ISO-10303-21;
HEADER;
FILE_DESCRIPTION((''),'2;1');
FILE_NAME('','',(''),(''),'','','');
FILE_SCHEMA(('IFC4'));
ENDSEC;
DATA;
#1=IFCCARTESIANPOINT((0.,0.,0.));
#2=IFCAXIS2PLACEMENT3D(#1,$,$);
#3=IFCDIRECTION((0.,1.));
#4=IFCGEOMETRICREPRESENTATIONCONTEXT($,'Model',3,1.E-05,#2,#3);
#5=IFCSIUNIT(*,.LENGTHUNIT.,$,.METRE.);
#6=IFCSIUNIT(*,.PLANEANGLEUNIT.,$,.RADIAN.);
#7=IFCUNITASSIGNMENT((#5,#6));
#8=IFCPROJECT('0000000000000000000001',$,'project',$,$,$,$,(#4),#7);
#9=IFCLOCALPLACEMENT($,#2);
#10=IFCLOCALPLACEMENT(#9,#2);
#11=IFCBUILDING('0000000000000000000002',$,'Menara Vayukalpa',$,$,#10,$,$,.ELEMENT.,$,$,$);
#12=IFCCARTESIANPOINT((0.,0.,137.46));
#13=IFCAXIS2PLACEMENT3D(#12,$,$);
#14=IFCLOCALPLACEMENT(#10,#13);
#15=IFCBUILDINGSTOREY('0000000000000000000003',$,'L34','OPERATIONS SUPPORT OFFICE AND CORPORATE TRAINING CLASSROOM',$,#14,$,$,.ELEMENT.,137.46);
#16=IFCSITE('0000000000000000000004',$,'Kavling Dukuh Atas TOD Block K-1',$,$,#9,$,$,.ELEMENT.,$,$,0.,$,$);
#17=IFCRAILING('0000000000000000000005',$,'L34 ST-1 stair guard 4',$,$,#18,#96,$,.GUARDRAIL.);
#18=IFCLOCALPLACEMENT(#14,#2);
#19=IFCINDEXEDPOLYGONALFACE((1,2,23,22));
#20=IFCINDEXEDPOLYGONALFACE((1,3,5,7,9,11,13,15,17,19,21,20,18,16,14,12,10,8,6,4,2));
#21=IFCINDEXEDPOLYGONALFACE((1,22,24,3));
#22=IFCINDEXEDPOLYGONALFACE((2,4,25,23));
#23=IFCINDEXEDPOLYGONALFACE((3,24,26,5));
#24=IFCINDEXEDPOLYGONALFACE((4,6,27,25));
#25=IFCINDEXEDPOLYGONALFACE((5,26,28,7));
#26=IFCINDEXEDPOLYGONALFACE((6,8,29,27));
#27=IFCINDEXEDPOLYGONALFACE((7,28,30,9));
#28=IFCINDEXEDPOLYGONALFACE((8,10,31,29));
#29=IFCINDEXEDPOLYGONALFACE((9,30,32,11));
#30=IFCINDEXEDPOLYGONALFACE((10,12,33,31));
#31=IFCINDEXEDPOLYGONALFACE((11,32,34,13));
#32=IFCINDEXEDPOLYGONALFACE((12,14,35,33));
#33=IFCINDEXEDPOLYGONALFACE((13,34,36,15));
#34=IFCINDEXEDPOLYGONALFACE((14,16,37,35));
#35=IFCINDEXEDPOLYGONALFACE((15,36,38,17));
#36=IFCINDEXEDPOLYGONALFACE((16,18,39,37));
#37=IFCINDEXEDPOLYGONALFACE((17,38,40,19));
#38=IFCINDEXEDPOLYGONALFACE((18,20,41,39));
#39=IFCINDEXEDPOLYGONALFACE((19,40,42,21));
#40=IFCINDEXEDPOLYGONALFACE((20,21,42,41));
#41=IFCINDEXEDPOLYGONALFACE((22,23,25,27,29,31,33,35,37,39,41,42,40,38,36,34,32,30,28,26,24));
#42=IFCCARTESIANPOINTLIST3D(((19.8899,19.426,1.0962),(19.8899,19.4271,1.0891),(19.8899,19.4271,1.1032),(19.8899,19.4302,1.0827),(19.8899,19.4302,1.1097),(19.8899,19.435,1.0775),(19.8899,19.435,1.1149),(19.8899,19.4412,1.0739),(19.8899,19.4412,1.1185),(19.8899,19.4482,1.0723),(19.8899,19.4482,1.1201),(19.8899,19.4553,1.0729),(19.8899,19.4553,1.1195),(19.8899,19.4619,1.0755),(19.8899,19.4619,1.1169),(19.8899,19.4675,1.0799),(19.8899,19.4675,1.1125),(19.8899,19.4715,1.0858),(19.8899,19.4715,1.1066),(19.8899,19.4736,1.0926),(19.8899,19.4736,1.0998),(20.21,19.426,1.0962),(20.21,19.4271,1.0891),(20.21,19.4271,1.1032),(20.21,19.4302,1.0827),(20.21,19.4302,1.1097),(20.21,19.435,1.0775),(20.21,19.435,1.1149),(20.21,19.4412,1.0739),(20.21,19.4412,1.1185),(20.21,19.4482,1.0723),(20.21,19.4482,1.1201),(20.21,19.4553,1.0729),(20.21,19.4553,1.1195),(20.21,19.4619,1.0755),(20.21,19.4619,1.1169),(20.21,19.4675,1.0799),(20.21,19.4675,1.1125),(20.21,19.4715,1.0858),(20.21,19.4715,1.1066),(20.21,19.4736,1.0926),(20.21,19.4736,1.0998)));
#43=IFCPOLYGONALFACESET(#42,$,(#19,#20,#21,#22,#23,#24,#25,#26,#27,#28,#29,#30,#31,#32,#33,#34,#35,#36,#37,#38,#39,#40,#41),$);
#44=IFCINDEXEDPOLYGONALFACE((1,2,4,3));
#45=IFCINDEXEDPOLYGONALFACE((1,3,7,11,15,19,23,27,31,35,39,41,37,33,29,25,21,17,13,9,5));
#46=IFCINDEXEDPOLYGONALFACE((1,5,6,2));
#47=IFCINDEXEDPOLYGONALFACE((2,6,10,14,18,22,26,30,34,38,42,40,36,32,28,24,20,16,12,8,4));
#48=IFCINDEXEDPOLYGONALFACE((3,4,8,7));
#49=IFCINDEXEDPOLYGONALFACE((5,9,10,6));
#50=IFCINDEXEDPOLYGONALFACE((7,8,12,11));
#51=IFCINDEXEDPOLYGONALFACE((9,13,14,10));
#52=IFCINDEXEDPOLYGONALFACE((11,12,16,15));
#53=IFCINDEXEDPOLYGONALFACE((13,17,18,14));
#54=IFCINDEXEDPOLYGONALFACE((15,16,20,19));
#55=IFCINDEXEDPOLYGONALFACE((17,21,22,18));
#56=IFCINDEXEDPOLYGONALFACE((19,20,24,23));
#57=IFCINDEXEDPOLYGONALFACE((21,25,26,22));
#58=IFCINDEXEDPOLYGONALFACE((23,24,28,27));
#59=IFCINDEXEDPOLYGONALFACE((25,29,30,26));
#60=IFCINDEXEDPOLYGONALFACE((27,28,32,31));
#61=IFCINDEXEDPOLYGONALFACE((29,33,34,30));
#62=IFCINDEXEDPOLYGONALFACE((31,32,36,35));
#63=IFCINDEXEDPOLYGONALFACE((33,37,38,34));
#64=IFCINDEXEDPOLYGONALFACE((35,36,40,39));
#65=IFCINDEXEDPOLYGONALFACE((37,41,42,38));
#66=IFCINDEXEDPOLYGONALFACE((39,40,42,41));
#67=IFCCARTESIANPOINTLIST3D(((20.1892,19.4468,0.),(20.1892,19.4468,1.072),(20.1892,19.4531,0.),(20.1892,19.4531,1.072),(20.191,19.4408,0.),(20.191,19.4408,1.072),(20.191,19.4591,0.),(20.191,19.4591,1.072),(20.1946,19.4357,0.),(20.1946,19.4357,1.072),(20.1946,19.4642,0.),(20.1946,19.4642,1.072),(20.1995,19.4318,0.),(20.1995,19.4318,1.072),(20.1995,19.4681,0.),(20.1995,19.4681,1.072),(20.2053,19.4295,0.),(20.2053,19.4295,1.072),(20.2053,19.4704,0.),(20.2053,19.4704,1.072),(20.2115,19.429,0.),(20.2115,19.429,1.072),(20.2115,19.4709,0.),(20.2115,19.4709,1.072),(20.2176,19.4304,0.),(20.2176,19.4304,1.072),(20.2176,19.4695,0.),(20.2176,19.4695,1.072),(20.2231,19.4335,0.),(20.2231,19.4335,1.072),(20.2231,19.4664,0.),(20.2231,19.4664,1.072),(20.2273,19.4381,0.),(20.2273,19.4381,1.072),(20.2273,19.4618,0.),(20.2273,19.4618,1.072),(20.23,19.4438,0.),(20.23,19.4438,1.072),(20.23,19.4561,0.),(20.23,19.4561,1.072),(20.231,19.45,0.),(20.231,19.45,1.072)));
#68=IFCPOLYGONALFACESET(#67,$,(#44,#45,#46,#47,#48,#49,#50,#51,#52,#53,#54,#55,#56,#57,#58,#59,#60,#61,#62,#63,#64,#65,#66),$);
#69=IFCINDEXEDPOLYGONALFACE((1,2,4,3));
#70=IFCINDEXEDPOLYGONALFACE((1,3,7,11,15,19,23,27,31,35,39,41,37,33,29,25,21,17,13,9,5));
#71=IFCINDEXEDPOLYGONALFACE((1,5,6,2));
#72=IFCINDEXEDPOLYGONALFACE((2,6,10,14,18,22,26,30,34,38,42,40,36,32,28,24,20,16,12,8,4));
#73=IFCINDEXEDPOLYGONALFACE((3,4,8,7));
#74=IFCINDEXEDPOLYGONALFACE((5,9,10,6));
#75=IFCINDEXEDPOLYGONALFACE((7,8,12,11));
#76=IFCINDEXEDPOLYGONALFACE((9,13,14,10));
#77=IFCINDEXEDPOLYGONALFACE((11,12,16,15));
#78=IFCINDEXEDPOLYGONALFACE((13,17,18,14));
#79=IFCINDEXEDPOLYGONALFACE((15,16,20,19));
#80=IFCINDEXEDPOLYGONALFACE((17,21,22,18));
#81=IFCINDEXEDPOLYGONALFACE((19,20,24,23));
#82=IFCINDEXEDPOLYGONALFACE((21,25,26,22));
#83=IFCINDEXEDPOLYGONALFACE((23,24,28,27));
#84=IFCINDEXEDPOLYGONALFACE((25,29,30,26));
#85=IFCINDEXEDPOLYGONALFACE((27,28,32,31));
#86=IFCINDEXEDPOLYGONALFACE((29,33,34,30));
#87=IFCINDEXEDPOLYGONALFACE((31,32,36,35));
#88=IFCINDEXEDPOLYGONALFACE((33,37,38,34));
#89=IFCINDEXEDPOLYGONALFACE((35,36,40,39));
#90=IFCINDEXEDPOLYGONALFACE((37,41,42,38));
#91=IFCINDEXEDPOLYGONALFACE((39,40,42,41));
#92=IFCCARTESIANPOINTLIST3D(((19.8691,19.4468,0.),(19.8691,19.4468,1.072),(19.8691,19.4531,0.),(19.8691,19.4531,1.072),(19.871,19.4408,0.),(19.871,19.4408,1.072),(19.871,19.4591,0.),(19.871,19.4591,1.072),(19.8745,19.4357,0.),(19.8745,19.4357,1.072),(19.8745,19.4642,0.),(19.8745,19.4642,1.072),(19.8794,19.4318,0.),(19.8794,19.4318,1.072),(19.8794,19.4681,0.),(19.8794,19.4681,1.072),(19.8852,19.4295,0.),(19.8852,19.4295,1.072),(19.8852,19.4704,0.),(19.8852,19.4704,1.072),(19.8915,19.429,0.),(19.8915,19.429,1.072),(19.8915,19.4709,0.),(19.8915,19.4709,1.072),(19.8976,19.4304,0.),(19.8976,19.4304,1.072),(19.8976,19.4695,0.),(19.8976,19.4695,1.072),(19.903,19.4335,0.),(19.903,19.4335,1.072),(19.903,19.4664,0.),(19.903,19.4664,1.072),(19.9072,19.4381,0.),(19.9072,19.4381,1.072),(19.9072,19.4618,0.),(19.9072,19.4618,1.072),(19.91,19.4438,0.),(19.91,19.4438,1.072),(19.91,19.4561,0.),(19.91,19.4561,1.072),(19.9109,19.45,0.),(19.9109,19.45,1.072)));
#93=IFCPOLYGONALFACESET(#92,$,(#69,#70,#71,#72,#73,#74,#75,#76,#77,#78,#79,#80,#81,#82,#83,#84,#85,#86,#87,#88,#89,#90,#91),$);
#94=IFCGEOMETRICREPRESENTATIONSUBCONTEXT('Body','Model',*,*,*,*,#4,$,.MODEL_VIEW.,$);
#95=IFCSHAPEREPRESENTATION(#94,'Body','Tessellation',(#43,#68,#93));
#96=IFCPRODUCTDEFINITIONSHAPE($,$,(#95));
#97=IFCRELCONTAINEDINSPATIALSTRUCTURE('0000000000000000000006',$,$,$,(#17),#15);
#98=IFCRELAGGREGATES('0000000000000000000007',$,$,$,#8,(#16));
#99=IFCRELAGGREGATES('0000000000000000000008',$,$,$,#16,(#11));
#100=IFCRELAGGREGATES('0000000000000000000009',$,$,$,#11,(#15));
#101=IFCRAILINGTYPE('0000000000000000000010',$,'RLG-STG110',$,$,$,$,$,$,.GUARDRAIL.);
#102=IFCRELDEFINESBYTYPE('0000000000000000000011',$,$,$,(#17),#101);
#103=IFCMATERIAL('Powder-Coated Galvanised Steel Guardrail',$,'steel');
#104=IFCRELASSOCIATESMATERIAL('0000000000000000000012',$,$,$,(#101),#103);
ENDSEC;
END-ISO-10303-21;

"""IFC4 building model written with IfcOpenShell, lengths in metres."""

from ifc_helpers import new_model, si_unit, direction, frame, origin, origin_2d, place, context, subcontext, project, spatial, circle, extrude, material, type_object, element, save


model = new_model("IFC4")

# Units and contexts
model_context = context("Model", 3, precision=1e-05, world=origin(), true_north=direction((0.0, 1.0)))
body_context = subcontext(model_context, "Body", "Model", "MODEL_VIEW")
ifc_project = project(units=[si_unit("LENGTHUNIT", "METRE"), si_unit("PLANEANGLEUNIT", "RADIAN")], contexts=[model_context])

# Site, building, storey
site_placement = place(None, origin())
site = spatial("IfcSite", under=ifc_project, at=site_placement, Name="Kavling Dukuh Atas TOD Block K-1", CompositionType="ELEMENT", RefElevation=0.0)
building_placement = place(site_placement, origin())
building = spatial("IfcBuilding", under=site, at=building_placement, Name="Menara Vayukalpa", CompositionType="ELEMENT")
storey_placement = place(building_placement, frame((0.0, 0.0, 137.46)))
storey = spatial("IfcBuildingStorey", under=building, at=storey_placement, Name="L34", Description="OPERATIONS SUPPORT OFFICE AND CORPORATE TRAINING CLASSROOM", CompositionType="ELEMENT", Elevation=137.46)

# Railing
ifc_material_1 = material(Name="Powder-Coated Galvanised Steel Guardrail", Category="steel")
railing_type_1 = type_object("IfcRailingType", Name="RLG-STG110", PredefinedType="GUARDRAIL", material=ifc_material_1)
railing_1_placement = place(storey_placement, frame((20.21, 19.45, 0.0)))
element("IfcRailing", 1, at=railing_1_placement, inside=storey, type_object=railing_type_1, Name="L34 ST-1 stair guard 4", PredefinedType="GUARDRAIL", context=body_context, shape_type="SweptSolid", body=[
    extrude(circle(Radius=0.0239, at=origin_2d()), frame((0.0, 0.0, 1.0962), z_axis=(-1.0, 0.0, 0.0), x_axis=(0.0, -1.0, 0.0)), (0.0, 0.0, 1.0), 0.3201),
    extrude(circle(Radius=0.021, at=origin_2d()), origin(), (0.0, 0.0, 1.0), 1.072),
    extrude(circle(Radius=0.021, at=origin_2d()), frame((-0.3201, 0.0, 0.0)), (0.0, 0.0, 1.0), 1.072),
])

save(model, "model.ifc")
